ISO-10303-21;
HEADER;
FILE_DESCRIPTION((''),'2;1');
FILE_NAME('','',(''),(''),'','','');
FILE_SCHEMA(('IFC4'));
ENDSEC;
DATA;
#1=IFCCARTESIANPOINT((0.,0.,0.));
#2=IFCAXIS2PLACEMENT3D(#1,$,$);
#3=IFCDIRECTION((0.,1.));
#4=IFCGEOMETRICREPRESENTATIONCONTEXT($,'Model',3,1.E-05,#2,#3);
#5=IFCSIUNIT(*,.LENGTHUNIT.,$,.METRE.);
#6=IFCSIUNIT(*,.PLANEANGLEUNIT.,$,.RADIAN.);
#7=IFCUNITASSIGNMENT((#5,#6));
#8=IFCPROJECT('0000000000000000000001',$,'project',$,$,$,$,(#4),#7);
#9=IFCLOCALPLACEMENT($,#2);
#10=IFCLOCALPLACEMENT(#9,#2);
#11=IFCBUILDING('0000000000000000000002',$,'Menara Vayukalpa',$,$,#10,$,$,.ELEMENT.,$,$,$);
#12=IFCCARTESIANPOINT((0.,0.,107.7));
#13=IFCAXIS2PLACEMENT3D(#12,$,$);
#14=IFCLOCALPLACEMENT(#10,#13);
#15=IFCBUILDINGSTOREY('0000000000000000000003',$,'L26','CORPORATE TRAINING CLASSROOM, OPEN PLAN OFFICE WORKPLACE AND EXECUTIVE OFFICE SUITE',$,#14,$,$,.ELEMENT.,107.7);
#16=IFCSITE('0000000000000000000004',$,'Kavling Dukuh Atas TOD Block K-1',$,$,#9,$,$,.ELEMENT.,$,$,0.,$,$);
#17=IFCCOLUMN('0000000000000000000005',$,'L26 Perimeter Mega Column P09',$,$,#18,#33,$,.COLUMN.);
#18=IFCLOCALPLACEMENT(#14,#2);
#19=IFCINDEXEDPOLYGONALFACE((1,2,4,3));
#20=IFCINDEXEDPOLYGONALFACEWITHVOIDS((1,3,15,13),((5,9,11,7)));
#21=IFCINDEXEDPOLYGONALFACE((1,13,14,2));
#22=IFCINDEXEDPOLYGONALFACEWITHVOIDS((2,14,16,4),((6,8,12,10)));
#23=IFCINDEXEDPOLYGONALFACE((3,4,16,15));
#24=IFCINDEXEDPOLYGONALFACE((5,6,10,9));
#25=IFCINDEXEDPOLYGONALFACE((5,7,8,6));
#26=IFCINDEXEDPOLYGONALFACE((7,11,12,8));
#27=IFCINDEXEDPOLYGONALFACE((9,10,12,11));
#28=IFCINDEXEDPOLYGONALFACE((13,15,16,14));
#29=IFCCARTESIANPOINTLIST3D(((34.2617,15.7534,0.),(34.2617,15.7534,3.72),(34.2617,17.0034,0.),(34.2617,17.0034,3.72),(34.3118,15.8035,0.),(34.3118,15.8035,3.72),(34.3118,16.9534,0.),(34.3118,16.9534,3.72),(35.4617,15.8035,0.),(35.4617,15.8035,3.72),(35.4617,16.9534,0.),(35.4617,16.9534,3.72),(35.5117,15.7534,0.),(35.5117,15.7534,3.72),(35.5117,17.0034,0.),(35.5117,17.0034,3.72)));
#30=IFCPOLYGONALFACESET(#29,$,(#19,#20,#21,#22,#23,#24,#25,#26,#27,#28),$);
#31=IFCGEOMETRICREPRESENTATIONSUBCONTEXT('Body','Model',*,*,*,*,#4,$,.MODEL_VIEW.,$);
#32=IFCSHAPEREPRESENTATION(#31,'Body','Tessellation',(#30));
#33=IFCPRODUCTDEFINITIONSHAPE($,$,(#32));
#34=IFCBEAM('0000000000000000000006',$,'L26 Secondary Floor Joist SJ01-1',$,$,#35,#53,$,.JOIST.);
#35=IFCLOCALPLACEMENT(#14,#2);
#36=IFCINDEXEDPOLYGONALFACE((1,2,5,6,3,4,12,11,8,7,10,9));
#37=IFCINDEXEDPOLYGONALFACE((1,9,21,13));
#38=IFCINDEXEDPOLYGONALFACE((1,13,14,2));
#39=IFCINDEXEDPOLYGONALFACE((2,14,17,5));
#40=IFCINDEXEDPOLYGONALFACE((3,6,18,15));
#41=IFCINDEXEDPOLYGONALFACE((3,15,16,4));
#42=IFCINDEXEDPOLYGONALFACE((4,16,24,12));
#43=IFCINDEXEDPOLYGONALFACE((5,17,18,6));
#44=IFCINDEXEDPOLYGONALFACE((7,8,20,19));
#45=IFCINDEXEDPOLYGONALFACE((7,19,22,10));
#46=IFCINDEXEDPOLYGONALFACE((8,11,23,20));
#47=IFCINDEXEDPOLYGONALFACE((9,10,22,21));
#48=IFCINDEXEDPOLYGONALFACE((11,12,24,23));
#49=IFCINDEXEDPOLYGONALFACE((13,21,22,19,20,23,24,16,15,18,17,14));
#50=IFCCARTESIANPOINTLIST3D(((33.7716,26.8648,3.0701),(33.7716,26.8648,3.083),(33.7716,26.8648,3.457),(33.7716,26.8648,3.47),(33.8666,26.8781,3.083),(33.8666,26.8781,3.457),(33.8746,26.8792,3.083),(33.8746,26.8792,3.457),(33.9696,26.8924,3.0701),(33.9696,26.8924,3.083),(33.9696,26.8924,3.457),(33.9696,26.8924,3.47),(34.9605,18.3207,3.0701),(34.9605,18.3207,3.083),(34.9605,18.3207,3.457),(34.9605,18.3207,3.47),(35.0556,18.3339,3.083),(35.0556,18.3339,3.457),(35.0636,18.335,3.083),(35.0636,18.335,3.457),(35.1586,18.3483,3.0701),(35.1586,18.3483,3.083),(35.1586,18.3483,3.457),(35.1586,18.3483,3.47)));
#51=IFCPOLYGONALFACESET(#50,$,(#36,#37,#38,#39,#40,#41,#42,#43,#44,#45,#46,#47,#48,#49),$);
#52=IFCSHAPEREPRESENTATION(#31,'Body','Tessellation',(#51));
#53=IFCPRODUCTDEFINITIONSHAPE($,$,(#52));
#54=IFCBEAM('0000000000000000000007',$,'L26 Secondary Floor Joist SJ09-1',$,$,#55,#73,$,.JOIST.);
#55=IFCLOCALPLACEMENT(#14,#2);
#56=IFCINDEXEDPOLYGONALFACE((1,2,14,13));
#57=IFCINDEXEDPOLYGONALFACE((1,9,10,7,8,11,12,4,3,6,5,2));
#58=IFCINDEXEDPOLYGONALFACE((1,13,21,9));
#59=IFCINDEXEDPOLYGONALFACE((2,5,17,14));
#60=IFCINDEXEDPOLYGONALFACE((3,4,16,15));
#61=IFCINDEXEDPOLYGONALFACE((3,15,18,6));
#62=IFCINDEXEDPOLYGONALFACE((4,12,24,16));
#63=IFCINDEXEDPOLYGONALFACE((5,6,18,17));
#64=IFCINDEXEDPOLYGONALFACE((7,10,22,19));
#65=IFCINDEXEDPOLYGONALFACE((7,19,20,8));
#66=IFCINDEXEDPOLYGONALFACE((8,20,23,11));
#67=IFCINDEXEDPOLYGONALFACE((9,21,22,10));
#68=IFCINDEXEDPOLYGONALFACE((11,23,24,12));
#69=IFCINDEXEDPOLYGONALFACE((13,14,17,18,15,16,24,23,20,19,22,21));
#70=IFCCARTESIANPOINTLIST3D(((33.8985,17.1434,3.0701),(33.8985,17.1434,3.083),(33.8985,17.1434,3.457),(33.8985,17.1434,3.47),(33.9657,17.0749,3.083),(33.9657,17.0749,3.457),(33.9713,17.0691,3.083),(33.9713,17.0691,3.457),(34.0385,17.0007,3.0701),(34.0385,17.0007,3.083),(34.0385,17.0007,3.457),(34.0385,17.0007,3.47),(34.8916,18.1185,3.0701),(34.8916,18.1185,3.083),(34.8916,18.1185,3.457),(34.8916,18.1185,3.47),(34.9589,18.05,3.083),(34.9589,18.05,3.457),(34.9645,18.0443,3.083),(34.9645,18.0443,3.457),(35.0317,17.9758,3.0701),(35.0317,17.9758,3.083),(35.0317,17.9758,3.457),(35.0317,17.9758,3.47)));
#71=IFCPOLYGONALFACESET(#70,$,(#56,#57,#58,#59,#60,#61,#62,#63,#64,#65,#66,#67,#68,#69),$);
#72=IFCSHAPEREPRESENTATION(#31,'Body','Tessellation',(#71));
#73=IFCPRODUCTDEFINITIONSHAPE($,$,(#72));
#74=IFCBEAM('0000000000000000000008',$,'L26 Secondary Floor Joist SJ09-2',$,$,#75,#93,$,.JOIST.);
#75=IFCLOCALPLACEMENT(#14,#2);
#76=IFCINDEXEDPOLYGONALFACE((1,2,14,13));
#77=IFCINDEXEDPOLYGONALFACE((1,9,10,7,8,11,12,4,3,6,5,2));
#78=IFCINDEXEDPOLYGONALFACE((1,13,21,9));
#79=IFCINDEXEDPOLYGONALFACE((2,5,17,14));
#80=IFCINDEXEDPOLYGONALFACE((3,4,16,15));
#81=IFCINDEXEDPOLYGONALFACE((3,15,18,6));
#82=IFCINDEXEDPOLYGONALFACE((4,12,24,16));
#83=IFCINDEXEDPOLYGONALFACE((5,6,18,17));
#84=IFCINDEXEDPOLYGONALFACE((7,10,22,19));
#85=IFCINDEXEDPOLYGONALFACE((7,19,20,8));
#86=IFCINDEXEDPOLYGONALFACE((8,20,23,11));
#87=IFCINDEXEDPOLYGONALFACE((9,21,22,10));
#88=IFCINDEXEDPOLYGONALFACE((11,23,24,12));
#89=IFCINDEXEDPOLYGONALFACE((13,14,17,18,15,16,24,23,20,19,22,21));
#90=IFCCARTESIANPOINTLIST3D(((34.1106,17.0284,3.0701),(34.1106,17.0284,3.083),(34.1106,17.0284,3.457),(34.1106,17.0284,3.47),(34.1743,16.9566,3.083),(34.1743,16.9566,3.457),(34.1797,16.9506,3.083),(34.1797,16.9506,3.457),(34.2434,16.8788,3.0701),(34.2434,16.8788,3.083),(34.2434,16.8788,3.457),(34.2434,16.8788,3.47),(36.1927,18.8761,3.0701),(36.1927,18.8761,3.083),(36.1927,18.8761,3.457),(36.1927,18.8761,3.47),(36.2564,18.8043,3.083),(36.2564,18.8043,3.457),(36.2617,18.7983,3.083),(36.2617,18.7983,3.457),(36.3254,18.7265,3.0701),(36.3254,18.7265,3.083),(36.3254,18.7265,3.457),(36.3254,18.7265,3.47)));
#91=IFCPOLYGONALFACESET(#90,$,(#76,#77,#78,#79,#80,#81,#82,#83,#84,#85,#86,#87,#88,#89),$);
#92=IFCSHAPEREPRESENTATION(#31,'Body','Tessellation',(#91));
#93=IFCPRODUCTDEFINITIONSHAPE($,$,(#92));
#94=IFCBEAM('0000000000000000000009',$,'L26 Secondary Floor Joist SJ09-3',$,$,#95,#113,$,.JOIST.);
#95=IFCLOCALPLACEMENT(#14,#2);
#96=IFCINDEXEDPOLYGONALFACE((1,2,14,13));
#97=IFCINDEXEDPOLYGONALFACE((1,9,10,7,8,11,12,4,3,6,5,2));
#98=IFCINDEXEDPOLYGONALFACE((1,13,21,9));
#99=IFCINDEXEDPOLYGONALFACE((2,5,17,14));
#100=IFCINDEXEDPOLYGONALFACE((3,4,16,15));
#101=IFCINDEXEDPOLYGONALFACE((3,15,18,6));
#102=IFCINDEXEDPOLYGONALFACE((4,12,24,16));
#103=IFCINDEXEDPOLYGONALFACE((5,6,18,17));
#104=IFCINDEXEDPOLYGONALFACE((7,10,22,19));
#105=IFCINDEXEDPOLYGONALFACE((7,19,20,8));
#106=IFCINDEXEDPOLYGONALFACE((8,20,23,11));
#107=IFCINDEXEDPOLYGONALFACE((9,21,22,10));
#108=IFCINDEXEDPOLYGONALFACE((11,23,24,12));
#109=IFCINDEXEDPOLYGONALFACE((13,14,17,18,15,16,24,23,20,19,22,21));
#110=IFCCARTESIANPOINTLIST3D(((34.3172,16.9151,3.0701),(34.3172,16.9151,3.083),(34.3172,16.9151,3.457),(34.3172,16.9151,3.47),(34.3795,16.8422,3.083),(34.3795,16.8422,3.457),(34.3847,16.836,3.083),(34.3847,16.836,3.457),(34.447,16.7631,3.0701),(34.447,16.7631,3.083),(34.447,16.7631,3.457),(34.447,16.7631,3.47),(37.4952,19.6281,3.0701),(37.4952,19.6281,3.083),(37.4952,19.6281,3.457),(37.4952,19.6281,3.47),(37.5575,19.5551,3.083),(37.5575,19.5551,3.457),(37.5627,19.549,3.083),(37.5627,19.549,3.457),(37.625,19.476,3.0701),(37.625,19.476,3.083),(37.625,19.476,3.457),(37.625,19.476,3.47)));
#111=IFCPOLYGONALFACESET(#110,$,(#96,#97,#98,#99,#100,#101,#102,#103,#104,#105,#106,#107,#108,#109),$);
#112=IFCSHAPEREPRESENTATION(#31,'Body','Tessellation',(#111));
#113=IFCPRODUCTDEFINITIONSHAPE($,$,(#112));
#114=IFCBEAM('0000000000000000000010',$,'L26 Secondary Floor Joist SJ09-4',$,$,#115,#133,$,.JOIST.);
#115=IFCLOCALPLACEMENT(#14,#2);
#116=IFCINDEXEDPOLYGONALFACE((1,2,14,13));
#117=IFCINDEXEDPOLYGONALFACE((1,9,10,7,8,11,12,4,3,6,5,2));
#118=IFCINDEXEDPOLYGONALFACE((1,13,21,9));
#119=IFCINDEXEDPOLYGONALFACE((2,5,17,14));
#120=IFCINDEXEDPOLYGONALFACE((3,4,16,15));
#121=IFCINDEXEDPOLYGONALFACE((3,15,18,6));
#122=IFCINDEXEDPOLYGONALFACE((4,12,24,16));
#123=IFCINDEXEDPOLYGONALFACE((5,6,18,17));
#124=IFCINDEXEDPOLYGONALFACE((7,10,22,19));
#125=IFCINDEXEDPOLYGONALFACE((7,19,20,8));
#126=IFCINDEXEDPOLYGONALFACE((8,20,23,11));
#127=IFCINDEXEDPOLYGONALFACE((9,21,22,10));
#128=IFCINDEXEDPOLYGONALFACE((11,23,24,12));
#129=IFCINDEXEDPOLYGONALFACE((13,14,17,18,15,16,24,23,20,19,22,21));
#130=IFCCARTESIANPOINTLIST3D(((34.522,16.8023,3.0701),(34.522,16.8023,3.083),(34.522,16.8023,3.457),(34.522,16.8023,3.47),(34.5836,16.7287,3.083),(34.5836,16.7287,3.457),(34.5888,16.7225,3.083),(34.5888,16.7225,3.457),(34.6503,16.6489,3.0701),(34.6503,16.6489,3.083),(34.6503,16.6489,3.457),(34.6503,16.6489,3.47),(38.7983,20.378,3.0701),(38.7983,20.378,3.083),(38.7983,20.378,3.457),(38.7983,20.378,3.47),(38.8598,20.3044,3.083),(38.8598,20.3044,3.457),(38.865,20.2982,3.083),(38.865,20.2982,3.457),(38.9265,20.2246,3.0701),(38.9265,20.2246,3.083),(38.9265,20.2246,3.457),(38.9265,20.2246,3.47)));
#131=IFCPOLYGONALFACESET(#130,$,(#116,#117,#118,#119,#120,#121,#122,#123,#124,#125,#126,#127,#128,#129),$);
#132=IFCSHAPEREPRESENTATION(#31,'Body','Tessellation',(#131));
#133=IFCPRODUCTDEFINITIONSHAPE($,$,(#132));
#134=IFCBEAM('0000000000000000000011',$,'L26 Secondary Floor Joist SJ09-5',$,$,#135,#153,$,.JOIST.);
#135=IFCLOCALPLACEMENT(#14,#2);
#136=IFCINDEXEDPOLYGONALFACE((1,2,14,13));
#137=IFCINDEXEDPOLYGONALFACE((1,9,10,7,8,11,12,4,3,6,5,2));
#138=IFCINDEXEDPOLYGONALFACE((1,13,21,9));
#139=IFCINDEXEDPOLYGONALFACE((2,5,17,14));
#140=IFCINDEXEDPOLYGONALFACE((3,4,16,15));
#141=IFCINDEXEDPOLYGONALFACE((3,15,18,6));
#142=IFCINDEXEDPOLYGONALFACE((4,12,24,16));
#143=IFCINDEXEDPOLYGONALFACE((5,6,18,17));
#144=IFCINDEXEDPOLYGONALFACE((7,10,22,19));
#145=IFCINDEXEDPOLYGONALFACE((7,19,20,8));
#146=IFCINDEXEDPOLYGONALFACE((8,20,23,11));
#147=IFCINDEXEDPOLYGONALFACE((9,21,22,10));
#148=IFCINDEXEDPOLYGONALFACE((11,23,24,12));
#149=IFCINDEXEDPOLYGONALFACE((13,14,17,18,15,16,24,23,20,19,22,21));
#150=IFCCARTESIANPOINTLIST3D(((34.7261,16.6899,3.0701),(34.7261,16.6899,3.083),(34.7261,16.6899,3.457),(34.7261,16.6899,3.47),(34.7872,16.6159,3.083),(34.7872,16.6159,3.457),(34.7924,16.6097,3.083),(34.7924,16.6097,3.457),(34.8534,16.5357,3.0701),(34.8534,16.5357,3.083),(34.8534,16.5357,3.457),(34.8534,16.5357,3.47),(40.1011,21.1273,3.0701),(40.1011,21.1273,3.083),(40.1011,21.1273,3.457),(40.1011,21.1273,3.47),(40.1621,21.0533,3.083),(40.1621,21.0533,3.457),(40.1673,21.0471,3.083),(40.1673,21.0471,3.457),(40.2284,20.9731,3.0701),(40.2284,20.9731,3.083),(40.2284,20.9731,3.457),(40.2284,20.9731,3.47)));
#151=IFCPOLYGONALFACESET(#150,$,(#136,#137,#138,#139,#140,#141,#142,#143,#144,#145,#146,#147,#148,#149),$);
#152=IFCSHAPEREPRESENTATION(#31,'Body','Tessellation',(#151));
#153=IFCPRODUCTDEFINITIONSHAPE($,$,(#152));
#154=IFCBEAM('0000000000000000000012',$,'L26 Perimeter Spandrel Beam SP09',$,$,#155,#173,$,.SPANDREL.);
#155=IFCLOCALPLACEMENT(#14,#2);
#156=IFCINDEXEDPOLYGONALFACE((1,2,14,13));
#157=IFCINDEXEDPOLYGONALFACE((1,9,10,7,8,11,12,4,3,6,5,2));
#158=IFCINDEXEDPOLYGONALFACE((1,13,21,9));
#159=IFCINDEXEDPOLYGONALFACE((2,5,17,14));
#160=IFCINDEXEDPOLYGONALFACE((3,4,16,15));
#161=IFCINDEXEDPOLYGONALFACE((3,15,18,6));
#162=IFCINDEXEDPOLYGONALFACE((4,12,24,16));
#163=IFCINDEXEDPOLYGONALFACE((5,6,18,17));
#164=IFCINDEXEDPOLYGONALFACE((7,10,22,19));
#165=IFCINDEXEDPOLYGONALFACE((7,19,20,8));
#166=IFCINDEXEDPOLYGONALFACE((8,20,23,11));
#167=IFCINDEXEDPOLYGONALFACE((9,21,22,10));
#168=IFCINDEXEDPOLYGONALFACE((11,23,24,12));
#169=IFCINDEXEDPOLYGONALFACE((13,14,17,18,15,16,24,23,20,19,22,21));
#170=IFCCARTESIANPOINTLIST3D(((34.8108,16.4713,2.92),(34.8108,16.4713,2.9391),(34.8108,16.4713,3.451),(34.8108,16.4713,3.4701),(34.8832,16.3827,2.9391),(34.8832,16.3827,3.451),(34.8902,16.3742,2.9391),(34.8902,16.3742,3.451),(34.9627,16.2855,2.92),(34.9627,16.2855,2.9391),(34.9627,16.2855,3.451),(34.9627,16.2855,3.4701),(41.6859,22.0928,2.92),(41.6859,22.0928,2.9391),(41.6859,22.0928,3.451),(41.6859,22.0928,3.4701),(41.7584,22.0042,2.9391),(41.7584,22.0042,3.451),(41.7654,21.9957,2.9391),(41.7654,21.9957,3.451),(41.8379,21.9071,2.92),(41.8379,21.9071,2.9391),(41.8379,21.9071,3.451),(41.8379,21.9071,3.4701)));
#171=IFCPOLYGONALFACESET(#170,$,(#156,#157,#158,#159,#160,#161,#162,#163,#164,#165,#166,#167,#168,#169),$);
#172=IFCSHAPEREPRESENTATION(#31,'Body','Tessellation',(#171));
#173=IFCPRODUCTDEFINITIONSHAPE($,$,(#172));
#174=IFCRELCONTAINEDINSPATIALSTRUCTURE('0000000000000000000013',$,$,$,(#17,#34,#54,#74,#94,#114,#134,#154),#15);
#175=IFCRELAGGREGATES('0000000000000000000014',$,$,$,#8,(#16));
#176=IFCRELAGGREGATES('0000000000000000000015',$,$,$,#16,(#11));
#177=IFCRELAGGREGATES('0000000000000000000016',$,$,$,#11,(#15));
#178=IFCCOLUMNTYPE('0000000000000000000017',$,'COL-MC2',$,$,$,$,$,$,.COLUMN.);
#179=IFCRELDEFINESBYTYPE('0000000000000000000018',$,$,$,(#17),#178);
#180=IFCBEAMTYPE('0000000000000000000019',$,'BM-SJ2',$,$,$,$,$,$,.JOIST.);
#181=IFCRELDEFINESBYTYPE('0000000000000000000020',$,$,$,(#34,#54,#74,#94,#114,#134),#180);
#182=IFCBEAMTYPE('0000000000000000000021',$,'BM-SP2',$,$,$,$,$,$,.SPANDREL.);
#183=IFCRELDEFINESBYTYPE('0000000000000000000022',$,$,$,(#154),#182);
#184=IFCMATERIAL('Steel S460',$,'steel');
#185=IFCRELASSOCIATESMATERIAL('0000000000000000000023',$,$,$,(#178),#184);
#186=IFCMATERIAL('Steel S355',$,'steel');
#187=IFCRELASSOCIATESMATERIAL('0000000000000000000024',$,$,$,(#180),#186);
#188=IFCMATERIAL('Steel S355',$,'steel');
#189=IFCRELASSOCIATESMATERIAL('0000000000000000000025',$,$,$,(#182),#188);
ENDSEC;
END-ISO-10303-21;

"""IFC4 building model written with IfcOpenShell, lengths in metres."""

from ifc_helpers import new_model, si_unit, direction, frame, origin, origin_2d, place, context, subcontext, project, spatial, hollow_rectangle, i_section, extrude, material, material_profile, profile_set, type_object, element, save


model = new_model("IFC4")

# Units and contexts
model_context = context("Model", 3, precision=1e-05, world=origin(), true_north=direction((0.0, 1.0)))
body_context = subcontext(model_context, "Body", "Model", "MODEL_VIEW")
ifc_project = project(units=[si_unit("LENGTHUNIT", "METRE"), si_unit("PLANEANGLEUNIT", "RADIAN")], contexts=[model_context])

# Site, building, storey
site_placement = place(None, origin())
site = spatial("IfcSite", under=ifc_project, at=site_placement, Name="Kavling Dukuh Atas TOD Block K-1", CompositionType="ELEMENT", RefElevation=0.0)
building_placement = place(site_placement, origin())
building = spatial("IfcBuilding", under=site, at=building_placement, Name="Menara Vayukalpa", CompositionType="ELEMENT")
storey_placement = place(building_placement, frame((0.0, 0.0, 107.7)))
storey = spatial("IfcBuildingStorey", under=building, at=storey_placement, Name="L26", Description="CORPORATE TRAINING CLASSROOM, OPEN PLAN OFFICE WORKPLACE AND EXECUTIVE OFFICE SUITE", CompositionType="ELEMENT", Elevation=107.7)

# Column
ifc_material_1 = material(Name="Steel S460", Category="steel")
ifc_material_profile_1 = material_profile(ifc_material_1, hollow_rectangle(XDim=1.25, YDim=1.25, WallThickness=0.05, at=origin_2d()), Name="BOX 1250x1250x50")
ifc_profile_set_1 = profile_set([ifc_material_profile_1], Name="Steel S460")
column_type = type_object("IfcColumnType", Name="COL-MC2", PredefinedType="COLUMN", material=ifc_profile_set_1)
column_placement = place(storey_placement, frame((34.8867, 16.3784, 0.0), z_axis=(0.0, 0.0, 1.0), x_axis=(1.0, 0.0, 0.0)))
element("IfcColumn", 1, at=column_placement, inside=storey, type_object=column_type, Name="L26 Perimeter Mega Column P09", PredefinedType="COLUMN", context=body_context, shape_type="SweptSolid", body=[
    extrude(hollow_rectangle(XDim=1.25, YDim=1.25, WallThickness=0.05, at=origin_2d()), origin(), (0.0, 0.0, 1.0), 3.72),
])

# Beams
ifc_material_2 = material(Name="Steel S355", Category="steel")
ifc_material_profile_2 = material_profile(ifc_material_2, i_section(OverallWidth=0.2, OverallDepth=0.3999, WebThickness=0.0081, FlangeThickness=0.0129, at=origin_2d()), Name="WF 400x200x8x13")
ifc_profile_set_2 = profile_set([ifc_material_profile_2], Name="Steel S355")
beam_type_1 = type_object("IfcBeamType", Name="BM-SJ2", PredefinedType="JOIST", material=ifc_profile_set_2)
beam_1_placement = place(storey_placement, frame((35.0596, 18.3345, 3.27), z_axis=(-0.137827, 0.990456, 0.0), x_axis=(-0.990456, -0.137827, 0.0)))
element("IfcBeam", 2, at=beam_1_placement, inside=storey, type_object=beam_type_1, Name="L26 Secondary Floor Joist SJ01-1", PredefinedType="JOIST", context=body_context, shape_type="SweptSolid", body=[
    extrude(i_section(OverallWidth=0.2, OverallDepth=0.3999, WebThickness=0.0081, FlangeThickness=0.0129, at=origin_2d()), origin(), (0.0, 0.0, 1.0), 8.6265),
])
beam_2_placement = place(storey_placement, frame((33.9685, 17.072, 3.27), z_axis=(0.713567, 0.700587, 0.0), x_axis=(-0.700587, 0.713567, 0.0)))
element("IfcBeam", 3, at=beam_2_placement, inside=storey, type_object=beam_type_1, Name="L26 Secondary Floor Joist SJ09-1", PredefinedType="JOIST", context=body_context, shape_type="SweptSolid", body=[
    extrude(i_section(OverallWidth=0.2, OverallDepth=0.3999, WebThickness=0.0081, FlangeThickness=0.0129, at=origin_2d()), origin(), (0.0, 0.0, 1.0), 1.3918),
])
beam_3_placement = place(storey_placement, frame((34.177, 16.9536, 3.27), z_axis=(0.747951, 0.663754, 0.0), x_axis=(-0.663754, 0.747951, 0.0)))
element("IfcBeam", 4, at=beam_3_placement, inside=storey, type_object=beam_type_1, Name="L26 Secondary Floor Joist SJ09-2", PredefinedType="JOIST", context=body_context, shape_type="SweptSolid", body=[
    extrude(i_section(OverallWidth=0.2, OverallDepth=0.3999, WebThickness=0.0081, FlangeThickness=0.0129, at=origin_2d()), origin(), (0.0, 0.0, 1.0), 2.7837),
])
beam_4_placement = place(storey_placement, frame((34.3821, 16.8391, 3.27), z_axis=(0.760567, 0.64926, 0.0), x_axis=(-0.64926, 0.760567, 0.0)))
element("IfcBeam", 5, at=beam_4_placement, inside=storey, type_object=beam_type_1, Name="L26 Secondary Floor Joist SJ09-3", PredefinedType="JOIST", context=body_context, shape_type="SweptSolid", body=[
    extrude(i_section(OverallWidth=0.2, OverallDepth=0.3999, WebThickness=0.0081, FlangeThickness=0.0129, at=origin_2d()), origin(), (0.0, 0.0, 1.0), 4.1785),
])
beam_5_placement = place(storey_placement, frame((34.5862, 16.7256, 3.27), z_axis=(0.76714, 0.64148, 0.0), x_axis=(-0.64148, 0.76714, 0.0)))
element("IfcBeam", 6, at=beam_5_placement, inside=storey, type_object=beam_type_1, Name="L26 Secondary Floor Joist SJ09-4", PredefinedType="JOIST", context=body_context, shape_type="SweptSolid", body=[
    extrude(i_section(OverallWidth=0.2, OverallDepth=0.3999, WebThickness=0.0081, FlangeThickness=0.0129, at=origin_2d()), origin(), (0.0, 0.0, 1.0), 5.5742),
])
beam_6_placement = place(storey_placement, frame((34.7898, 16.6128, 3.27), z_axis=(0.771153, 0.63665, 0.0), x_axis=(-0.63665, 0.771153, 0.0)))
element("IfcBeam", 7, at=beam_6_placement, inside=storey, type_object=beam_type_1, Name="L26 Secondary Floor Joist SJ09-5", PredefinedType="JOIST", context=body_context, shape_type="SweptSolid", body=[
    extrude(i_section(OverallWidth=0.2, OverallDepth=0.3999, WebThickness=0.0081, FlangeThickness=0.0129, at=origin_2d()), origin(), (0.0, 0.0, 1.0), 6.97),
])
ifc_material_3 = material(Name="Steel S355", Category="steel")
ifc_material_profile_3 = material_profile(ifc_material_3, i_section(OverallWidth=0.24, OverallDepth=0.55, WebThickness=0.011, FlangeThickness=0.019, at=origin_2d()), Name="WF 550x240x11x19")
ifc_profile_set_3 = profile_set([ifc_material_profile_3], Name="Steel S355")
beam_type_2 = type_object("IfcBeamType", Name="BM-SP2", PredefinedType="SPANDREL", material=ifc_profile_set_3)
beam_7_placement = place(storey_placement, frame((34.8867, 16.3784, 3.1951), z_axis=(0.774157, 0.632994, 0.0), x_axis=(-0.632994, 0.774157, 0.0)))
element("IfcBeam", 8, at=beam_7_placement, inside=storey, type_object=beam_type_2, Name="L26 Perimeter Spandrel Beam SP09", PredefinedType="SPANDREL", context=body_context, shape_type="SweptSolid", body=[
    extrude(i_section(OverallWidth=0.24, OverallDepth=0.55, WebThickness=0.011, FlangeThickness=0.019, at=origin_2d()), origin(), (0.0, 0.0, 1.0), 8.8809),
])

save(model, "model.ifc")
